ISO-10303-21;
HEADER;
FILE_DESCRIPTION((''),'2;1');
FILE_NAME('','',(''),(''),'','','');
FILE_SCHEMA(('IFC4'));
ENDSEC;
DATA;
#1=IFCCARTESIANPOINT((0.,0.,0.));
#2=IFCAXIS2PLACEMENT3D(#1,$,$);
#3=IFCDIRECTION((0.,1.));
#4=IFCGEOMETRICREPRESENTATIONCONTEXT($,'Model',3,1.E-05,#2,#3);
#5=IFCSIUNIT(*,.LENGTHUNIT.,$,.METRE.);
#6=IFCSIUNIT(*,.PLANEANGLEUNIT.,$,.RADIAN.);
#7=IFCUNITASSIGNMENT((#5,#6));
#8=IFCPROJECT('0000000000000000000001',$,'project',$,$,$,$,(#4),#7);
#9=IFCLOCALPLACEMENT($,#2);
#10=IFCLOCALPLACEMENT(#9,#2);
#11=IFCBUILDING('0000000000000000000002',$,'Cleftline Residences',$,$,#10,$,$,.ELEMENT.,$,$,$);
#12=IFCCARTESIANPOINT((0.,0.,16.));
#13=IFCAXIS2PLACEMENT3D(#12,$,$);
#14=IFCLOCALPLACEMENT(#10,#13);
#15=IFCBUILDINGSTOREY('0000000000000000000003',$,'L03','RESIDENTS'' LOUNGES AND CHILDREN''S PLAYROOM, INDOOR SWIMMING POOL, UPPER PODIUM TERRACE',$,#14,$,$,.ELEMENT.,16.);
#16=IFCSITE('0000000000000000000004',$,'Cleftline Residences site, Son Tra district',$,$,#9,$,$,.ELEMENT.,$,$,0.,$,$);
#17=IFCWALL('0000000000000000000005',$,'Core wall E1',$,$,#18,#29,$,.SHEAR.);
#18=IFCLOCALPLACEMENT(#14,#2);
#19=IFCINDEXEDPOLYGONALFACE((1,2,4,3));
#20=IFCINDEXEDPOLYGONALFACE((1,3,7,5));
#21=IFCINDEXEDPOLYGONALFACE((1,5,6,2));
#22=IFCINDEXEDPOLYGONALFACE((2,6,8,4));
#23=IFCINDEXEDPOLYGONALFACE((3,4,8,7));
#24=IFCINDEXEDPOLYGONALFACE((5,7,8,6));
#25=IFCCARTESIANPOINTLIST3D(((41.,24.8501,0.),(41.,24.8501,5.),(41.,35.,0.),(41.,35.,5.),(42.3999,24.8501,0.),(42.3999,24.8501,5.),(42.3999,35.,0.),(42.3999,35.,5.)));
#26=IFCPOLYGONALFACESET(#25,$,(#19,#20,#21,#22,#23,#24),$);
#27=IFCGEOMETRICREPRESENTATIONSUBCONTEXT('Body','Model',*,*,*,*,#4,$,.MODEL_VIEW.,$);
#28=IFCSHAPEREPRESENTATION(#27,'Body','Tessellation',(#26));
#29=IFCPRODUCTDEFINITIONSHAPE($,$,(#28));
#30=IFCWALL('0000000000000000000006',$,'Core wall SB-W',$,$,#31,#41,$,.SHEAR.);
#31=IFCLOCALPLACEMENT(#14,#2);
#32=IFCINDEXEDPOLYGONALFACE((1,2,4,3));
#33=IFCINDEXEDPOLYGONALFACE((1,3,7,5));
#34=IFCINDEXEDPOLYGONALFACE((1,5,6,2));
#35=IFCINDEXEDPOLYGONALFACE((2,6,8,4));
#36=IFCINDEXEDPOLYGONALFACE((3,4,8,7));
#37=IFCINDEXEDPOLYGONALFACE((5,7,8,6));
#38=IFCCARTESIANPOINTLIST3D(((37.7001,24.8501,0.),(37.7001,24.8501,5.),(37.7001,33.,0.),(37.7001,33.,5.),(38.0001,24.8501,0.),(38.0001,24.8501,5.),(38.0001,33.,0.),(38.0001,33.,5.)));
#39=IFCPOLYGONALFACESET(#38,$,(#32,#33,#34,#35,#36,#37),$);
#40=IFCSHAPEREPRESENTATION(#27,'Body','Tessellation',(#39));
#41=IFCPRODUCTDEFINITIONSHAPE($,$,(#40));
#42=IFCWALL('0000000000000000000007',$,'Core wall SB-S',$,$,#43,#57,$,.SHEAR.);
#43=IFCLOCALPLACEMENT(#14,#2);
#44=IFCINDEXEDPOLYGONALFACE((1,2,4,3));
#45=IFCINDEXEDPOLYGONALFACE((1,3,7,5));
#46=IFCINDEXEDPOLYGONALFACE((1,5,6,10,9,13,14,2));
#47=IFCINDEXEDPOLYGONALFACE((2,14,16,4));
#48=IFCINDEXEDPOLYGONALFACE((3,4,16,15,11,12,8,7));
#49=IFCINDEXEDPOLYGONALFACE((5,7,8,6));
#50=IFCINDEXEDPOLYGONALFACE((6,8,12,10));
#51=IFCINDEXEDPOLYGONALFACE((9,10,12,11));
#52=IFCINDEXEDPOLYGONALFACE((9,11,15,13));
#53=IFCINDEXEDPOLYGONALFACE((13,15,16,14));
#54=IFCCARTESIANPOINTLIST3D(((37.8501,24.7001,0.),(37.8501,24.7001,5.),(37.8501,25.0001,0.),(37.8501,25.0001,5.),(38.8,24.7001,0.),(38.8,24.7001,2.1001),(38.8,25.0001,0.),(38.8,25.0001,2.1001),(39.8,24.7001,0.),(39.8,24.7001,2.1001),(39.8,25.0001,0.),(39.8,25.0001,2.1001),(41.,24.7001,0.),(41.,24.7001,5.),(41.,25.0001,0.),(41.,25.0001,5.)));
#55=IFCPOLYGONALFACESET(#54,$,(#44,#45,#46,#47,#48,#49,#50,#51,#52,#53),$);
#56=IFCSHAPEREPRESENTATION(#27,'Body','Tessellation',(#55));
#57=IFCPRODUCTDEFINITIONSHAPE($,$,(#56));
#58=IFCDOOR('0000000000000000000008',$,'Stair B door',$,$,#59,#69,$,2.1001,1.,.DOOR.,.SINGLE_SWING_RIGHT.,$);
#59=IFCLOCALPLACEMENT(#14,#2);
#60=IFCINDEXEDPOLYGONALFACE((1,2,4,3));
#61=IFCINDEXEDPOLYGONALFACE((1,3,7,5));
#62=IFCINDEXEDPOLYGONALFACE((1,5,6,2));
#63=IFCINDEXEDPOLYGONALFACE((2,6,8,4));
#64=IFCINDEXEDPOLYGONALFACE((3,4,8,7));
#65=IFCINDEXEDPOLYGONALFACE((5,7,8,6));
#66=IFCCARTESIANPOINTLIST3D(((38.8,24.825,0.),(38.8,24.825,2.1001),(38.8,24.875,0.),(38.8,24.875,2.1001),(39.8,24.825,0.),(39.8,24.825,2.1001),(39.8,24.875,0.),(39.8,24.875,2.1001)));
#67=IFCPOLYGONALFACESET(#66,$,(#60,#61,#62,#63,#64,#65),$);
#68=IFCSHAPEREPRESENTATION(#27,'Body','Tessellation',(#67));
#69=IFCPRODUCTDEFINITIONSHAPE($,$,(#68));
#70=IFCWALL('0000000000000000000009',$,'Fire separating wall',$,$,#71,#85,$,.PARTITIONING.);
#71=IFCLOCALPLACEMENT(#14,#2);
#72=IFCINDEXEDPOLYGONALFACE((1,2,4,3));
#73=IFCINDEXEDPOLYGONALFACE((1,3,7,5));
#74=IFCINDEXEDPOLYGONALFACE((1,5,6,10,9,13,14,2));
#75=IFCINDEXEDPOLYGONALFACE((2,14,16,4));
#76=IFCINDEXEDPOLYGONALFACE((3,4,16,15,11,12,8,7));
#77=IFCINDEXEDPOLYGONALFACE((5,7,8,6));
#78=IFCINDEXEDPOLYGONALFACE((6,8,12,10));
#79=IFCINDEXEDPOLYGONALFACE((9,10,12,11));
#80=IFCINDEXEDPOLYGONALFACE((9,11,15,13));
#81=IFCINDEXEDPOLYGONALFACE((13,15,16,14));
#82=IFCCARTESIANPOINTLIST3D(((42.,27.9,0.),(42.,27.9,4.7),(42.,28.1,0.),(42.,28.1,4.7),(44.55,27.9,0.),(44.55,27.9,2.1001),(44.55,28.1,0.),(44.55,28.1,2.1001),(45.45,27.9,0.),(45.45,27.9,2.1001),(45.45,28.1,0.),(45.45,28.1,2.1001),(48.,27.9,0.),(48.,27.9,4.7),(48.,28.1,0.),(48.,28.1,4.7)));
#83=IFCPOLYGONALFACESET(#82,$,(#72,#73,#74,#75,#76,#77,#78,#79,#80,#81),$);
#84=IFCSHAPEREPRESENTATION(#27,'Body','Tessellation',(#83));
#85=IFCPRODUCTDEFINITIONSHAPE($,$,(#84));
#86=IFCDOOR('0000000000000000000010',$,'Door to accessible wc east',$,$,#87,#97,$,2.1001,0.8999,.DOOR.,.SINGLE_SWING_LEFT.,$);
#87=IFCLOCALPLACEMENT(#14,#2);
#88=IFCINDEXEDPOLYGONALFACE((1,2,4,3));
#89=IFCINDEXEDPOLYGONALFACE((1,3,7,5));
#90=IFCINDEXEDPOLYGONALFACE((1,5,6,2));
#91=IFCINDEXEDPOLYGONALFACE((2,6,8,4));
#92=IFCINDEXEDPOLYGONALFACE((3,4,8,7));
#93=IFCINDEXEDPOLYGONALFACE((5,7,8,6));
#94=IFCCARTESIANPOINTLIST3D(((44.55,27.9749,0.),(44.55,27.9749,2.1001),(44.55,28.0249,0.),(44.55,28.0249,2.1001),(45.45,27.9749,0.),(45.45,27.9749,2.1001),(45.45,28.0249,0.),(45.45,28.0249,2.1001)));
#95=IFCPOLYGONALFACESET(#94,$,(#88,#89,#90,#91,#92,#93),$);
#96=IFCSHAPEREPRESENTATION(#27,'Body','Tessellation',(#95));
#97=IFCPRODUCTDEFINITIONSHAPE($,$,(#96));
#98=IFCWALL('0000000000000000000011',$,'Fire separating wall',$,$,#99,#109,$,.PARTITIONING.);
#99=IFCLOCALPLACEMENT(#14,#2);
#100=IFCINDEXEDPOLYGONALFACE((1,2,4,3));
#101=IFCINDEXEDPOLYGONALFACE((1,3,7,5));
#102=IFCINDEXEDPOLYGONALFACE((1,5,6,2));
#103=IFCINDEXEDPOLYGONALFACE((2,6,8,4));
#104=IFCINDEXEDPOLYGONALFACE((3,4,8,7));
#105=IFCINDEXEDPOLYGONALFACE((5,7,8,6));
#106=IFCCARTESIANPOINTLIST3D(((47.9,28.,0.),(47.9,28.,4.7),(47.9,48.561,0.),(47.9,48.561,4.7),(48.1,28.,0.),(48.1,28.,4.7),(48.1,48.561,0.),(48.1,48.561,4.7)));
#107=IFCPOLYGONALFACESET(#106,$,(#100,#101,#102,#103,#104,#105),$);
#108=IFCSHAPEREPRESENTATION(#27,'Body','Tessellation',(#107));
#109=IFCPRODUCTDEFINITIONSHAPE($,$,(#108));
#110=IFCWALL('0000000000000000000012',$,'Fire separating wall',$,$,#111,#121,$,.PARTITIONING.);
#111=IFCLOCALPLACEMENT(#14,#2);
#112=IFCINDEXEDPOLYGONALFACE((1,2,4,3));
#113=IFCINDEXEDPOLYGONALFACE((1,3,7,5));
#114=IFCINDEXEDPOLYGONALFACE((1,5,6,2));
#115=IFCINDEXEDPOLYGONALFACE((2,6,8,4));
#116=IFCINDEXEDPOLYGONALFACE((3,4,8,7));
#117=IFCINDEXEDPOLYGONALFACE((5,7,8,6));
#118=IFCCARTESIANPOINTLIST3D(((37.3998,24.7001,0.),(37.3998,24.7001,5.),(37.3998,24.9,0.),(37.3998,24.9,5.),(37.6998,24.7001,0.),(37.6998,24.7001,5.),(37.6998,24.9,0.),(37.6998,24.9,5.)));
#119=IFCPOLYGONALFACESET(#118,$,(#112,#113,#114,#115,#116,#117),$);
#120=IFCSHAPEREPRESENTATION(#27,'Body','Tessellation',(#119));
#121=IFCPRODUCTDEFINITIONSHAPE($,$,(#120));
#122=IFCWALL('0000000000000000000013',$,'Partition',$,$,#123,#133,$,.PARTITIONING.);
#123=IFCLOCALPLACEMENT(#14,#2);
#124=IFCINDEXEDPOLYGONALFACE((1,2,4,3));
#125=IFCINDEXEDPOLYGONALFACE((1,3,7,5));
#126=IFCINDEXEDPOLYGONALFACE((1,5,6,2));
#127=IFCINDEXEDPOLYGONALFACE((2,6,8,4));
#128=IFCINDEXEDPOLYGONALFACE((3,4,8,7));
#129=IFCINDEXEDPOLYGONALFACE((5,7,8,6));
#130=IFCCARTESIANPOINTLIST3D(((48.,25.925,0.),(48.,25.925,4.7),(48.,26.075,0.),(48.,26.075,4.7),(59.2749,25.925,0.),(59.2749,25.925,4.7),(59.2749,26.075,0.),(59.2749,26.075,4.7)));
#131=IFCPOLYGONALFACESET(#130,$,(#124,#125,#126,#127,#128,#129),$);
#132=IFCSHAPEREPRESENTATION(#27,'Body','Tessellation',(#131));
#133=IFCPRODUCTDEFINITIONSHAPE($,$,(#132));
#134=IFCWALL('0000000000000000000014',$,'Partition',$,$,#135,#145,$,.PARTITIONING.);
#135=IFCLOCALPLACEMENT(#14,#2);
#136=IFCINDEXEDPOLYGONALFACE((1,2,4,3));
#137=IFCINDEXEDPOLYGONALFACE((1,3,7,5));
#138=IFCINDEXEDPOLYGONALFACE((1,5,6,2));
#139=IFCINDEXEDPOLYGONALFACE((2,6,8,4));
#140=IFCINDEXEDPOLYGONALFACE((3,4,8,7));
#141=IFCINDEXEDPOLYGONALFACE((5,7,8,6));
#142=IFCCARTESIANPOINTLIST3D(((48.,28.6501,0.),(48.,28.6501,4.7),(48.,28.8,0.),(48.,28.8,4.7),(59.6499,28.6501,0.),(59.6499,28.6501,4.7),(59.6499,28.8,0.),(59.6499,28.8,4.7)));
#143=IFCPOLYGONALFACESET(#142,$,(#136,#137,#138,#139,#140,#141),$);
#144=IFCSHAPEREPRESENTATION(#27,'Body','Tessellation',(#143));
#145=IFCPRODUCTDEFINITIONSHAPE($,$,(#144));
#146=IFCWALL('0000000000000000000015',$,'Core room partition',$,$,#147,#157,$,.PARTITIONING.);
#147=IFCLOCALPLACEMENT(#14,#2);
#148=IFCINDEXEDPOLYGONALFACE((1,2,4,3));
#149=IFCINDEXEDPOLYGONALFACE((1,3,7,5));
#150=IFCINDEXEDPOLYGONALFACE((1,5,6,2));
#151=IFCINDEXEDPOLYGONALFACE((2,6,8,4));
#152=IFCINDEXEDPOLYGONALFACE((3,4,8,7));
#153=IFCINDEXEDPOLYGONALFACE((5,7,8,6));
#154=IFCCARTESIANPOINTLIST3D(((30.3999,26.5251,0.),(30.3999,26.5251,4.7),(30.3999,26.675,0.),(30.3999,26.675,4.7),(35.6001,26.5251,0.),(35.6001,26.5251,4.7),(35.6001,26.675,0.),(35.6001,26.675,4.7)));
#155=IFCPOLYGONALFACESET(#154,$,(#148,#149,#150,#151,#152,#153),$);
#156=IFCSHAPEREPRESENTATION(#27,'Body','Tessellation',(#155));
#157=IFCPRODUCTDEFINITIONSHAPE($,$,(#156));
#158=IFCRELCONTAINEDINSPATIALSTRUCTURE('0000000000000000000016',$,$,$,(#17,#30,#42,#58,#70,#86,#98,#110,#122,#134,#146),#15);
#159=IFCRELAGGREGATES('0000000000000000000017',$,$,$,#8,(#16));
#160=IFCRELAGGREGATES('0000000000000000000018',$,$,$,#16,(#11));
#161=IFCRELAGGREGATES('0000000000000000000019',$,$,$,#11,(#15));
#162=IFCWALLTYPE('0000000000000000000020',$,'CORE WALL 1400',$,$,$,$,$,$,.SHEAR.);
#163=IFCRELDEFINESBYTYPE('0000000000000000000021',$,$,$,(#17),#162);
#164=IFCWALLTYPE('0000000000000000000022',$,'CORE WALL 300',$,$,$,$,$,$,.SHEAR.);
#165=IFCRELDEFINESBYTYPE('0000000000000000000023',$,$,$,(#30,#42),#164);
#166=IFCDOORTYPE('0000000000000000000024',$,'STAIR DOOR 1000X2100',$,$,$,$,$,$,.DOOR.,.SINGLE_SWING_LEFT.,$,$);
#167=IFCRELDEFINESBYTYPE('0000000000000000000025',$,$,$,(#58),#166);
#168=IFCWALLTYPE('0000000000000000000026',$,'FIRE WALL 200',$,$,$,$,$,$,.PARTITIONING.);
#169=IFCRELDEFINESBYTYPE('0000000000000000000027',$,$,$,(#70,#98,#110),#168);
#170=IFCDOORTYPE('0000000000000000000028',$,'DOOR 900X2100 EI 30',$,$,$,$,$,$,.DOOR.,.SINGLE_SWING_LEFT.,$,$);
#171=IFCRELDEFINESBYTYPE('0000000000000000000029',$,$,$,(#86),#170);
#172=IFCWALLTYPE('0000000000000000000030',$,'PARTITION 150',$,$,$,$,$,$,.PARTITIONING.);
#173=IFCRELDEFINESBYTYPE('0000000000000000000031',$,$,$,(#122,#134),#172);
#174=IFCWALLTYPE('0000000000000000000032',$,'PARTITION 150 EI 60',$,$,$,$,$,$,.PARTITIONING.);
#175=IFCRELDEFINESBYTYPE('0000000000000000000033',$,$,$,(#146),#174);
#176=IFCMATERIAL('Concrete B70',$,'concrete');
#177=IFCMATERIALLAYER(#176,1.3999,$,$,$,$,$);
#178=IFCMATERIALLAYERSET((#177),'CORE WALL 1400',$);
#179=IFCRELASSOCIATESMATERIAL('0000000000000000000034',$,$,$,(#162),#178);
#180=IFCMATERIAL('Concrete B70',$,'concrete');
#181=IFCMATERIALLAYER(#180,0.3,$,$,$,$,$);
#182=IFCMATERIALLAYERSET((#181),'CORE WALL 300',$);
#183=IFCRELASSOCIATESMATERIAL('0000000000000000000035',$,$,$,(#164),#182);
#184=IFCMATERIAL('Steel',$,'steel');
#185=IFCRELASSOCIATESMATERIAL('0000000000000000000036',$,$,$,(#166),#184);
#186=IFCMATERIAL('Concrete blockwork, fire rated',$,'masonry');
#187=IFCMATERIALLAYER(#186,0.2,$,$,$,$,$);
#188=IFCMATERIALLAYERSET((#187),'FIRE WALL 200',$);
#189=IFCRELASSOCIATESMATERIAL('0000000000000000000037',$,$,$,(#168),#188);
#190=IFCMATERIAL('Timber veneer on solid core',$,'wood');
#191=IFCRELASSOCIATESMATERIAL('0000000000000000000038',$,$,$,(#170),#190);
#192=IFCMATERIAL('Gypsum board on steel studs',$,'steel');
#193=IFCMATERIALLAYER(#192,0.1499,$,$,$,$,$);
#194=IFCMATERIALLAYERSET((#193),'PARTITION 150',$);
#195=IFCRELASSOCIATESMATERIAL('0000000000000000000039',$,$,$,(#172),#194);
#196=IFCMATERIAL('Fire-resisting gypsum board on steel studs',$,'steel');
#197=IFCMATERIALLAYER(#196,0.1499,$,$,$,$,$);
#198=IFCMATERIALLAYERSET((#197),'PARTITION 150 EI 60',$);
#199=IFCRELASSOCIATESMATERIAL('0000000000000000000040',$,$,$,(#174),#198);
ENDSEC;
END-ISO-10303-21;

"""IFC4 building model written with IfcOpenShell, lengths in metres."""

from ifc_helpers import new_model, si_unit, direction, frame, frame_2d, origin, place, context, subcontext, project, spatial, rectangle, extrude, material, layer, layer_set, type_object, element, fill, save


model = new_model("IFC4")

# Units and contexts
model_context = context("Model", 3, precision=1e-05, world=origin(), true_north=direction((0.0, 1.0)))
body_context = subcontext(model_context, "Body", "Model", "MODEL_VIEW")
ifc_project = project(units=[si_unit("LENGTHUNIT", "METRE"), si_unit("PLANEANGLEUNIT", "RADIAN")], contexts=[model_context])

# Site, building, storey
site_placement = place(None, origin())
site = spatial("IfcSite", under=ifc_project, at=site_placement, Name="Cleftline Residences site, Son Tra district", CompositionType="ELEMENT", RefElevation=0.0)
building_placement = place(site_placement, origin())
building = spatial("IfcBuilding", under=site, at=building_placement, Name="Cleftline Residences", CompositionType="ELEMENT")
storey_placement = place(building_placement, frame((0.0, 0.0, 16.0)))
storey = spatial("IfcBuildingStorey", under=building, at=storey_placement, Name="L03", Description="RESIDENTS' LOUNGES AND CHILDREN'S PLAYROOM, INDOOR SWIMMING POOL, UPPER PODIUM TERRACE", CompositionType="ELEMENT", Elevation=16.0)

# Walls
ifc_material_1 = material(Name="Concrete B70", Category="concrete")
ifc_layer_1 = layer(ifc_material_1, 1.3999)
ifc_layer_set_1 = layer_set([ifc_layer_1], Name="CORE WALL 1400")
wall_type_1 = type_object("IfcWallType", Name="CORE WALL 1400", PredefinedType="SHEAR", material=ifc_layer_set_1)
wall_1_placement = place(storey_placement, frame((41.7, 24.8501, 0.0), z_axis=(0.0, 0.0, 1.0), x_axis=(0.0, 1.0, 0.0)))
element("IfcWall", 1, at=wall_1_placement, inside=storey, type_object=wall_type_1, Name="Core wall E1", PredefinedType="SHEAR", context=body_context, shape_type="SweptSolid", body=[
    extrude(rectangle(XDim=10.1499, YDim=1.3999, at=frame_2d((5.075, 0.0))), origin(), (0.0, 0.0, 1.0), 5.0),
])
ifc_material_2 = material(Name="Concrete B70", Category="concrete")
ifc_layer_2 = layer(ifc_material_2, 0.3)
ifc_layer_set_2 = layer_set([ifc_layer_2], Name="CORE WALL 300")
wall_type_2 = type_object("IfcWallType", Name="CORE WALL 300", PredefinedType="SHEAR", material=ifc_layer_set_2)
wall_2_placement = place(storey_placement, frame((37.8501, 24.8501, 0.0), z_axis=(0.0, 0.0, 1.0), x_axis=(0.0, 1.0, 0.0)))
element("IfcWall", 2, at=wall_2_placement, inside=storey, type_object=wall_type_2, Name="Core wall SB-W", PredefinedType="SHEAR", context=body_context, shape_type="SweptSolid", body=[
    extrude(rectangle(XDim=8.1499, YDim=0.3, at=frame_2d((4.075, 0.0))), origin(), (0.0, 0.0, 1.0), 5.0),
])

# Walls, openings, doors
wall_3_placement = place(storey_placement, frame((37.8501, 24.8501, 0.0), z_axis=(0.0, 0.0, 1.0), x_axis=(1.0, 0.0, 0.0)))
wall_3 = element("IfcWall", 3, at=wall_3_placement, inside=storey, type_object=wall_type_2, Name="Core wall SB-S", PredefinedType="SHEAR", context=body_context, shape_type="SweptSolid", body=[
    extrude(rectangle(XDim=3.1499, YDim=0.3, at=frame_2d((1.575, 0.0))), origin(), (0.0, 0.0, 1.0), 5.0),
])
opening_1_placement = place(wall_3_placement, frame((0.95, 0.0, 0.0)))
opening_1 = element("IfcOpeningElement", 4, at=opening_1_placement, cuts=wall_3, PredefinedType="OPENING", context=body_context, shape_type="SweptSolid", body=[
    extrude(rectangle(XDim=1.0, YDim=2.1001, at=frame_2d((0.5, 1.05))), frame((0.0, 0.1599, 0.0), z_axis=(0.0, -1.0, 0.0), x_axis=(1.0, 0.0, 0.0)), (0.0, 0.0, 1.0), 0.3201),
])
ifc_material_3 = material(Name="Steel", Category="steel")
door_type_1 = type_object("IfcDoorType", Name="STAIR DOOR 1000X2100", OperationType="SINGLE_SWING_LEFT", PredefinedType="DOOR", material=ifc_material_3)
door_1_placement = place(opening_1_placement, origin())
door_1 = element("IfcDoor", 5, at=door_1_placement, inside=storey, type_object=door_type_1, Name="Stair B door", OperationType="SINGLE_SWING_RIGHT", OverallHeight=2.1001, OverallWidth=1.0, PredefinedType="DOOR", context=body_context, shape_type="SweptSolid", body=[
    extrude(rectangle(XDim=1.0, YDim=2.1001, at=frame_2d((0.5, 1.05))), frame((0.0, 0.0249, 0.0), z_axis=(0.0, -1.0, 0.0), x_axis=(1.0, 0.0, 0.0)), (0.0, 0.0, 1.0), 0.05),
])
fill(opening_1, door_1)
ifc_material_4 = material(Name="Concrete blockwork, fire rated", Category="masonry")
ifc_layer_3 = layer(ifc_material_4, 0.2)
ifc_layer_set_3 = layer_set([ifc_layer_3], Name="FIRE WALL 200")
wall_type_3 = type_object("IfcWallType", Name="FIRE WALL 200", PredefinedType="PARTITIONING", material=ifc_layer_set_3)
wall_4_placement = place(storey_placement, frame((42.0, 28.0, 0.0), z_axis=(0.0, 0.0, 1.0), x_axis=(1.0, 0.0, 0.0)))
wall_4 = element("IfcWall", 6, at=wall_4_placement, inside=storey, type_object=wall_type_3, Name="Fire separating wall", PredefinedType="PARTITIONING", context=body_context, shape_type="SweptSolid", body=[
    extrude(rectangle(XDim=6.0, YDim=0.2, at=frame_2d((3.0, 0.0))), origin(), (0.0, 0.0, 1.0), 4.7),
])
opening_2_placement = place(wall_4_placement, frame((2.55, 0.0, 0.0)))
opening_2 = element("IfcOpeningElement", 7, at=opening_2_placement, cuts=wall_4, PredefinedType="OPENING", context=body_context, shape_type="SweptSolid", body=[
    extrude(rectangle(XDim=0.8999, YDim=2.1001, at=frame_2d((0.45, 1.05))), frame((0.0, 0.1099, 0.0), z_axis=(0.0, -1.0, 0.0), x_axis=(1.0, 0.0, 0.0)), (0.0, 0.0, 1.0), 0.22),
])
ifc_material_5 = material(Name="Timber veneer on solid core", Category="wood")
door_type_2 = type_object("IfcDoorType", Name="DOOR 900X2100 EI 30", OperationType="SINGLE_SWING_LEFT", PredefinedType="DOOR", material=ifc_material_5)
door_2_placement = place(opening_2_placement, origin())
door_2 = element("IfcDoor", 8, at=door_2_placement, inside=storey, type_object=door_type_2, Name="Door to accessible wc east", OperationType="SINGLE_SWING_LEFT", OverallHeight=2.1001, OverallWidth=0.8999, PredefinedType="DOOR", context=body_context, shape_type="SweptSolid", body=[
    extrude(rectangle(XDim=0.8999, YDim=2.1001, at=frame_2d((0.45, 1.05))), frame((0.0, 0.0249, 0.0), z_axis=(0.0, -1.0, 0.0), x_axis=(1.0, 0.0, 0.0)), (0.0, 0.0, 1.0), 0.05),
])
fill(opening_2, door_2)

# Walls
wall_5_placement = place(storey_placement, frame((48.0, 28.0, 0.0), z_axis=(0.0, 0.0, 1.0), x_axis=(0.0, 1.0, 0.0)))
element("IfcWall", 9, at=wall_5_placement, inside=storey, type_object=wall_type_3, Name="Fire separating wall", PredefinedType="PARTITIONING", context=body_context, shape_type="SweptSolid", body=[
    extrude(rectangle(XDim=20.561, YDim=0.2, at=frame_2d((10.2805, 0.0))), origin(), (0.0, 0.0, 1.0), 4.7),
])
wall_6_placement = place(storey_placement, frame((37.3999, 24.8, 0.0), z_axis=(0.0, 0.0, 1.0), x_axis=(1.0, 0.0, 0.0)))
element("IfcWall", 10, at=wall_6_placement, inside=storey, type_object=wall_type_3, Name="Fire separating wall", PredefinedType="PARTITIONING", context=body_context, shape_type="SweptSolid", body=[
    extrude(rectangle(XDim=0.3, YDim=0.2, at=frame_2d((0.1499, 0.0))), origin(), (0.0, 0.0, 1.0), 5.0),
])
ifc_material_6 = material(Name="Gypsum board on steel studs", Category="steel")
ifc_layer_4 = layer(ifc_material_6, 0.1499)
ifc_layer_set_4 = layer_set([ifc_layer_4], Name="PARTITION 150")
wall_type_4 = type_object("IfcWallType", Name="PARTITION 150", PredefinedType="PARTITIONING", material=ifc_layer_set_4)
wall_7_placement = place(storey_placement, frame((48.0, 26.0, 0.0), z_axis=(0.0, 0.0, 1.0), x_axis=(1.0, 0.0, 0.0)))
element("IfcWall", 11, at=wall_7_placement, inside=storey, type_object=wall_type_4, Name="Partition", PredefinedType="PARTITIONING", context=body_context, shape_type="SweptSolid", body=[
    extrude(rectangle(XDim=11.2749, YDim=0.1499, at=frame_2d((5.6375, 0.0))), origin(), (0.0, 0.0, 1.0), 4.7),
])
wall_8_placement = place(storey_placement, frame((48.0, 28.7251, 0.0), z_axis=(0.0, 0.0, 1.0), x_axis=(1.0, 0.0, 0.0)))
element("IfcWall", 12, at=wall_8_placement, inside=storey, type_object=wall_type_4, Name="Partition", PredefinedType="PARTITIONING", context=body_context, shape_type="SweptSolid", body=[
    extrude(rectangle(XDim=11.6499, YDim=0.1499, at=frame_2d((5.825, 0.0))), origin(), (0.0, 0.0, 1.0), 4.7),
])
ifc_material_7 = material(Name="Fire-resisting gypsum board on steel studs", Category="steel")
ifc_layer_5 = layer(ifc_material_7, 0.1499)
ifc_layer_set_5 = layer_set([ifc_layer_5], Name="PARTITION 150 EI 60")
wall_type_5 = type_object("IfcWallType", Name="PARTITION 150 EI 60", PredefinedType="PARTITIONING", material=ifc_layer_set_5)
wall_9_placement = place(storey_placement, frame((30.3999, 26.6001, 0.0), z_axis=(0.0, 0.0, 1.0), x_axis=(1.0, 0.0, 0.0)))
element("IfcWall", 13, at=wall_9_placement, inside=storey, type_object=wall_type_5, Name="Core room partition", PredefinedType="PARTITIONING", context=body_context, shape_type="SweptSolid", body=[
    extrude(rectangle(XDim=5.2002, YDim=0.1499, at=frame_2d((2.6001, 0.0))), origin(), (0.0, 0.0, 1.0), 4.7),
])

save(model, "model.ifc")
